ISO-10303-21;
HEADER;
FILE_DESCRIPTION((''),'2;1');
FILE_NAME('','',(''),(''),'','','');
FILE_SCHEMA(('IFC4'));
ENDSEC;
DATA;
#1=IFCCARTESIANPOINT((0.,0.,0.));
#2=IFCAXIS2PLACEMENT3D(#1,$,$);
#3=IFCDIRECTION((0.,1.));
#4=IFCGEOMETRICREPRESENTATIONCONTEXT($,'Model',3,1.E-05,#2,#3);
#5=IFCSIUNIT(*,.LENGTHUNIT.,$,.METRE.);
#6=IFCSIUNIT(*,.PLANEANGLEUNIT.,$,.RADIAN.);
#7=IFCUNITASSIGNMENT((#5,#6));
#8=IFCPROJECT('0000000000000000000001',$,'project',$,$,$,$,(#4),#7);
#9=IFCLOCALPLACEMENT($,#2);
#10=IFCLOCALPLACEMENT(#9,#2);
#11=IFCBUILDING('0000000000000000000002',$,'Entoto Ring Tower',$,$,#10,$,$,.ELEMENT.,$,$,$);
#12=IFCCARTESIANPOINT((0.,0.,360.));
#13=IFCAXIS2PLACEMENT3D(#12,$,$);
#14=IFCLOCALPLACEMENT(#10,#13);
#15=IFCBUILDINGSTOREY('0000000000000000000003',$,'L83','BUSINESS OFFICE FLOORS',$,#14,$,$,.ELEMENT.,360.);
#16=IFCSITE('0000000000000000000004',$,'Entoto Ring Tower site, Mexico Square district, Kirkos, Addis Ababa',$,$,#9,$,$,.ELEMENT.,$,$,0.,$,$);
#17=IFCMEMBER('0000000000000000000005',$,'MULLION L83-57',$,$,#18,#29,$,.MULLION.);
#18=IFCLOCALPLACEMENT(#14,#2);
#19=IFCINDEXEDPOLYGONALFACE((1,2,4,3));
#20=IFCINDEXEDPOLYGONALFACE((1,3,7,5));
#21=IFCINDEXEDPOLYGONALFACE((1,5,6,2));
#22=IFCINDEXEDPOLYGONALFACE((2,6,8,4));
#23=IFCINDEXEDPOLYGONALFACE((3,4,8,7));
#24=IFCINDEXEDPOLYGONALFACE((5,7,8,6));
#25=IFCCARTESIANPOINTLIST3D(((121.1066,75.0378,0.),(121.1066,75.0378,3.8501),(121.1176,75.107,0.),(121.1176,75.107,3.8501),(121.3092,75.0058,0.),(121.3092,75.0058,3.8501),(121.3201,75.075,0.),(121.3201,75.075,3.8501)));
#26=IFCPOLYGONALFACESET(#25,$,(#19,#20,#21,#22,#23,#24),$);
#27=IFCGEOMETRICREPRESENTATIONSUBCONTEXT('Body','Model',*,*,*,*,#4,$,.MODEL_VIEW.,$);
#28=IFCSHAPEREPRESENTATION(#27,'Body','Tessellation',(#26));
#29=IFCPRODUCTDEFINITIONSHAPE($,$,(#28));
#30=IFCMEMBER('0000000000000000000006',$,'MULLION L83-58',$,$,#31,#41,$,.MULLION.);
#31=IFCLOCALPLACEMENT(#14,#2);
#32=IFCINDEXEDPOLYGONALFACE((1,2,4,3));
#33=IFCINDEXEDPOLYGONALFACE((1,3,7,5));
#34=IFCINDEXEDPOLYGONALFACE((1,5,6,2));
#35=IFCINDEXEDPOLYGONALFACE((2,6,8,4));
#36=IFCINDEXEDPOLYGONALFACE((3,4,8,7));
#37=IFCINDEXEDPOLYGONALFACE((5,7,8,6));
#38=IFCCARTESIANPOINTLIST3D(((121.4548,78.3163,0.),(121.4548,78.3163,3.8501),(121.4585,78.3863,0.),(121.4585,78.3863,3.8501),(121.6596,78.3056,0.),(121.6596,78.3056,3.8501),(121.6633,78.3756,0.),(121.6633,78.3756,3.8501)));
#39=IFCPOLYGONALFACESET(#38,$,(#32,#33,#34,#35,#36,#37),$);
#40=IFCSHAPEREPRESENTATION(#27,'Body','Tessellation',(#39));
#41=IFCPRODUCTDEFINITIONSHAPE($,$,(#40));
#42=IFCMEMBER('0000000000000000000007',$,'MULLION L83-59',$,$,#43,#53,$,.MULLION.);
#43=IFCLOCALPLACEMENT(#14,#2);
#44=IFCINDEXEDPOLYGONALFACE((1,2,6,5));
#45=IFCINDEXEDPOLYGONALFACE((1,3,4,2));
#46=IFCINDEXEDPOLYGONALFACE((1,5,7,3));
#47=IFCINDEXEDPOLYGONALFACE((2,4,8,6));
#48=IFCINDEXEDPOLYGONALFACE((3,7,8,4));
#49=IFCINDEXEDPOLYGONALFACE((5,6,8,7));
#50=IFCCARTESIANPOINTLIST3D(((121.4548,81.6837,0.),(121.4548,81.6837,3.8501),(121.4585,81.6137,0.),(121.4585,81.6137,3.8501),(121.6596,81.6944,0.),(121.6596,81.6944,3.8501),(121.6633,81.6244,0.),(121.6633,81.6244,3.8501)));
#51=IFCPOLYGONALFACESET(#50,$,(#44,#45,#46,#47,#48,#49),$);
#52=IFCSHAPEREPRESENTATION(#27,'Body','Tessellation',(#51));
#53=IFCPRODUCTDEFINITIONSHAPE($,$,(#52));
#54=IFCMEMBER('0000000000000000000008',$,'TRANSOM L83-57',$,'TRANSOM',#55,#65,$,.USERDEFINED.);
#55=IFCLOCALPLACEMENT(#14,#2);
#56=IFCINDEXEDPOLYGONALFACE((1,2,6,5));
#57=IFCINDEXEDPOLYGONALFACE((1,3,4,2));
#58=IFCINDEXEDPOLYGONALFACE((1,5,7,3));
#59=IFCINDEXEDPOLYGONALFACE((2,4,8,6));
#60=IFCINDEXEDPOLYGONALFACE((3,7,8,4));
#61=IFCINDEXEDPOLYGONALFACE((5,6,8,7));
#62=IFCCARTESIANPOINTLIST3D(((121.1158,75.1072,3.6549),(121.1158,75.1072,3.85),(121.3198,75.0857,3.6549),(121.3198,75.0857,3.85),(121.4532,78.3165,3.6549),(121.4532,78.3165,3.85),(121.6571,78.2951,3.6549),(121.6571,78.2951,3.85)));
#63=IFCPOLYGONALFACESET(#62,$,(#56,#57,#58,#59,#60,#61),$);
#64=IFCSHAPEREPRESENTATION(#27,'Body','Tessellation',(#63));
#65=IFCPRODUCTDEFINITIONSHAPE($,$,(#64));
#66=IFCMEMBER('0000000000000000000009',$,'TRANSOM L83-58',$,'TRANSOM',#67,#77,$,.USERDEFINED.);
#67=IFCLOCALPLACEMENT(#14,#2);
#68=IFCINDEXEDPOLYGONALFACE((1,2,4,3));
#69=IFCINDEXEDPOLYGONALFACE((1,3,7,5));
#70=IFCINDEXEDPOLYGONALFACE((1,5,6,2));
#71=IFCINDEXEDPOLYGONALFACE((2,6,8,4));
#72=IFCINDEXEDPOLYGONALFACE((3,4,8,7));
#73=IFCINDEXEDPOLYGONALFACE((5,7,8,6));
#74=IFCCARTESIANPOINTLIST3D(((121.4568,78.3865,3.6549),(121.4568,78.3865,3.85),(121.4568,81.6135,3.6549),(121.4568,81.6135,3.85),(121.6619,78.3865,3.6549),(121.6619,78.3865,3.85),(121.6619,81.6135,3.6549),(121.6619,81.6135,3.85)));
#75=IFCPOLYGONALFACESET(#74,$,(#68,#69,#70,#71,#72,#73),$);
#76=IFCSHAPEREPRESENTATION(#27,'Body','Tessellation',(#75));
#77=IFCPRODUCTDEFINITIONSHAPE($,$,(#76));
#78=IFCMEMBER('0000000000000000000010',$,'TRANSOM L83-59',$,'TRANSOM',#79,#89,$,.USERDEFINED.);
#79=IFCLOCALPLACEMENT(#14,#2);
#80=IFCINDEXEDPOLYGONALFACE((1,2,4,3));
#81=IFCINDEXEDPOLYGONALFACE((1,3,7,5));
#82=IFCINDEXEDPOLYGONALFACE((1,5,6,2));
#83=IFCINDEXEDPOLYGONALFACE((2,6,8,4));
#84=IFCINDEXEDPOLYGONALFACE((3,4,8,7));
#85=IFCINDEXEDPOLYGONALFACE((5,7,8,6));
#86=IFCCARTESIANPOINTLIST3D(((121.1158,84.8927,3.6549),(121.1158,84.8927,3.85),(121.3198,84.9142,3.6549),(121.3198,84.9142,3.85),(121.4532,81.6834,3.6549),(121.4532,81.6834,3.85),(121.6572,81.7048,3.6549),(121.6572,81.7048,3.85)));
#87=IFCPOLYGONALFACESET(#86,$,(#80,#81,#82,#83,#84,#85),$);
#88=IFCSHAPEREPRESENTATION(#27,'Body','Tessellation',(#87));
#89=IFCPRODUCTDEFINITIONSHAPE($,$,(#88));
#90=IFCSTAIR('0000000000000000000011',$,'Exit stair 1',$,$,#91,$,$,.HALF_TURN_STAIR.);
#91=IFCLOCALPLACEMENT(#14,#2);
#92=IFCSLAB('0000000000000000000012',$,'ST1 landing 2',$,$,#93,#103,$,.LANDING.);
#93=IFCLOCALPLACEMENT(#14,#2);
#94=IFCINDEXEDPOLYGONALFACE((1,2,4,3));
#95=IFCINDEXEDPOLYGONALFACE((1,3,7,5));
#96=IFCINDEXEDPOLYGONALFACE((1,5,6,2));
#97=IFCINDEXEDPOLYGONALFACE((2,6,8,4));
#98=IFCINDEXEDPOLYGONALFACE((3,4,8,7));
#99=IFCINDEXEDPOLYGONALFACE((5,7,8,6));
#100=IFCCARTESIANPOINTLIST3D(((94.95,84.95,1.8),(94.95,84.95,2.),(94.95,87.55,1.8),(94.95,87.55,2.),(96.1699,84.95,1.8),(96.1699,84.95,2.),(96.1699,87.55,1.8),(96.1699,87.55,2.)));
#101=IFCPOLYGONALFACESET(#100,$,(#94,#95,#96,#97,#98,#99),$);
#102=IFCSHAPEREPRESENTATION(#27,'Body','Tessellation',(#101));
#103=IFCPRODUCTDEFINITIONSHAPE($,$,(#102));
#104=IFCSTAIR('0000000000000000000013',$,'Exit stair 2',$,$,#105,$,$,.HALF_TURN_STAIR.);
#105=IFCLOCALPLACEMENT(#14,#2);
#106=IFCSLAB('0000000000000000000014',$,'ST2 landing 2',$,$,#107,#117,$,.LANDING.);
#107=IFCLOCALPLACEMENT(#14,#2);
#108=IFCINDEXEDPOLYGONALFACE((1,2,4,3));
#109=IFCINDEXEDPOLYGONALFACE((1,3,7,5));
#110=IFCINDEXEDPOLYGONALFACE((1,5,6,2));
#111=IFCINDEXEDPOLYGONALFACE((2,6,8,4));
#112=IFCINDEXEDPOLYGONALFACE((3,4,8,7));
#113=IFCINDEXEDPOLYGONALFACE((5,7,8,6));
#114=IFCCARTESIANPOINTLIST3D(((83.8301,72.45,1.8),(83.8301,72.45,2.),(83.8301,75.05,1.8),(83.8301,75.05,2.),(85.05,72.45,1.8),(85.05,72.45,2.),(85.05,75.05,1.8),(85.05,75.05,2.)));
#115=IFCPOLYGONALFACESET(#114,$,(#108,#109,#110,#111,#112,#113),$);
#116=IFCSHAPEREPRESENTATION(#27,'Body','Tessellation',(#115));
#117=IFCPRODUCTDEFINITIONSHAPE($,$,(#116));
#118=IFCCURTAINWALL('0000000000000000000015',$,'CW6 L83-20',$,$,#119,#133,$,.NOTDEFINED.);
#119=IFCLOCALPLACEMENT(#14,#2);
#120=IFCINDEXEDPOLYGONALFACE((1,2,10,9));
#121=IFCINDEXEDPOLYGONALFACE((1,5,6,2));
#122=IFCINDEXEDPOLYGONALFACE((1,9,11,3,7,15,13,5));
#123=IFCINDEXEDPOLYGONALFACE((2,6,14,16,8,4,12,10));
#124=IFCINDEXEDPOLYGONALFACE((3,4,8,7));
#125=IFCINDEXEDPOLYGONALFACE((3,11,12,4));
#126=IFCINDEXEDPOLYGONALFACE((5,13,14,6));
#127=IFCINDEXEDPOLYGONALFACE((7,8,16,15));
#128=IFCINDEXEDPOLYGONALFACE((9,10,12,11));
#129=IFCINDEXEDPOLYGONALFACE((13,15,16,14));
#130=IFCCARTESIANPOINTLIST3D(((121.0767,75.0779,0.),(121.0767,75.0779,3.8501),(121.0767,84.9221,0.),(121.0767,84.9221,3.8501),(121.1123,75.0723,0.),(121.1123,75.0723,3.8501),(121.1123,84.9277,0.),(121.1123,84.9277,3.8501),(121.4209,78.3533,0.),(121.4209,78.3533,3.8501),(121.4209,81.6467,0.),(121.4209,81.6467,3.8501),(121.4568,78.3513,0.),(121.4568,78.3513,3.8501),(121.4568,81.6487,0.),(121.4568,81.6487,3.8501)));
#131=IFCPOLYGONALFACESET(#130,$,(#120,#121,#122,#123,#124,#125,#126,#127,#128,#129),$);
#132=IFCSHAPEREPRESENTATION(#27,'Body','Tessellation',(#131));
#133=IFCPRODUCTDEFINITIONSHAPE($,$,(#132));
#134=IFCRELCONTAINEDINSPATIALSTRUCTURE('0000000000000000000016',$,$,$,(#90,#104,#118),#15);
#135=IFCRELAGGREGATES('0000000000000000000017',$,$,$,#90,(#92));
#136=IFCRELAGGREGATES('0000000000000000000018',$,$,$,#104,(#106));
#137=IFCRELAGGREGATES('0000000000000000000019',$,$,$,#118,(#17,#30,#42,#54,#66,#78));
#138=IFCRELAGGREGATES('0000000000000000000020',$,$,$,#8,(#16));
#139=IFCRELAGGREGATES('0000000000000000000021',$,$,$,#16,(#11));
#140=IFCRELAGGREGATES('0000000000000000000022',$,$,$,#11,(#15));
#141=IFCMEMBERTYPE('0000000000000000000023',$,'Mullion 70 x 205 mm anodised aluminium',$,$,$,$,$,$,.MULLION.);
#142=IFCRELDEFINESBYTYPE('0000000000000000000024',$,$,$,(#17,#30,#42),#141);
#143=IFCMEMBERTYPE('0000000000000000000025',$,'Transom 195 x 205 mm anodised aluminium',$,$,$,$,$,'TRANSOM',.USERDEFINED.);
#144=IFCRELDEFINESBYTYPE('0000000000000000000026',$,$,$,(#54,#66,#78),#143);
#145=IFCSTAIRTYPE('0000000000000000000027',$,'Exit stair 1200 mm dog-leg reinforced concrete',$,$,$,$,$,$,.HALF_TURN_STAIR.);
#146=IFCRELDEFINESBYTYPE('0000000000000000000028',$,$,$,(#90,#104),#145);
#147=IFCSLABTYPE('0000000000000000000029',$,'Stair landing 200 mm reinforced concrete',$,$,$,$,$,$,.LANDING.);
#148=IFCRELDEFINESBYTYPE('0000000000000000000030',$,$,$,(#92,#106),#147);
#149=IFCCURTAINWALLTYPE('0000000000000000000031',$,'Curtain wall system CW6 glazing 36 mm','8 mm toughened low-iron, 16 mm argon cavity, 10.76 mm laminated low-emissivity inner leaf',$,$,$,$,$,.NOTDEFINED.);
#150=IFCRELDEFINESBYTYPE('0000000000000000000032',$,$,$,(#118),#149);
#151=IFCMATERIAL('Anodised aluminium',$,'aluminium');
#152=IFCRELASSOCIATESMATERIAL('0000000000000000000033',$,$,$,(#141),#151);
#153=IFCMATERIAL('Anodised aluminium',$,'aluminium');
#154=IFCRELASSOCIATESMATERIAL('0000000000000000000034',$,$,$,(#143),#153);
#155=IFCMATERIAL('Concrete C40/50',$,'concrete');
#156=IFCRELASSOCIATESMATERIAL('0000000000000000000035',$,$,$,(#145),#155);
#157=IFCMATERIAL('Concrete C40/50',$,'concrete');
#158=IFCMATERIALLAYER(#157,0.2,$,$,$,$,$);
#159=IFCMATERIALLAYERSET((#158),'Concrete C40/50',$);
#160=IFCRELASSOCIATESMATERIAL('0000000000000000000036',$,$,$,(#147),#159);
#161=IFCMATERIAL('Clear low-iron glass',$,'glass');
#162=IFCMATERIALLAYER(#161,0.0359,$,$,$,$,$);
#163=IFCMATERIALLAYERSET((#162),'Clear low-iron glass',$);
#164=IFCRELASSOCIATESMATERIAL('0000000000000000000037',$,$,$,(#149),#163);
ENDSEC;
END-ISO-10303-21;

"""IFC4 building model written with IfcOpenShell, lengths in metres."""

from ifc_helpers import new_model, si_unit, direction, frame, origin, origin_2d, place, context, subcontext, project, spatial, polyline, rectangle, outline, extrude, material, layer, layer_set, material_profile, profile_set, type_object, element, aggregate, save


model = new_model("IFC4")

# Units and contexts
model_context = context("Model", 3, precision=1e-05, world=origin(), true_north=direction((0.0, 1.0)))
body_context = subcontext(model_context, "Body", "Model", "MODEL_VIEW")
ifc_project = project(units=[si_unit("LENGTHUNIT", "METRE"), si_unit("PLANEANGLEUNIT", "RADIAN")], contexts=[model_context])

# Members
ifc_material_1 = material(Name="Anodised aluminium", Category="aluminium")
ifc_material_profile_1 = material_profile(ifc_material_1, rectangle(XDim=0.0701, YDim=0.2051, at=origin_2d()), Name="Mullion 70 x 205 mm anodised aluminium")
ifc_profile_set_1 = profile_set([ifc_material_profile_1], Name="Anodised aluminium")
member_type_1 = type_object("IfcMemberType", Name="Mullion 70 x 205 mm anodised aluminium", PredefinedType="MULLION", material=ifc_profile_set_1)
site_placement = place(None, origin())
building_placement = place(site_placement, origin())
storey_placement = place(building_placement, frame((0.0, 0.0, 360.0)))
member_1_placement = place(storey_placement, frame((121.2134, 75.0564, 0.0), z_axis=(0.0, 0.0, 1.0), x_axis=(0.156434, 0.987688, 0.0)))
member_1 = element("IfcMember", 1, at=member_1_placement, type_object=member_type_1, Name="MULLION L83-57", PredefinedType="MULLION", context=body_context, shape_type="SweptSolid", body=[
    extrude(rectangle(XDim=0.0701, YDim=0.2051, at=origin_2d()), origin(), (0.0, 0.0, 1.0), 3.8501),
])
member_2_placement = place(storey_placement, frame((121.5591, 78.3459, 0.0), z_axis=(0.0, 0.0, 1.0), x_axis=(0.052336, 0.99863, 0.0)))
member_2 = element("IfcMember", 2, at=member_2_placement, type_object=member_type_1, Name="MULLION L83-58", PredefinedType="MULLION", context=body_context, shape_type="SweptSolid", body=[
    extrude(rectangle(XDim=0.0701, YDim=0.2051, at=origin_2d()), origin(), (0.0, 0.0, 1.0), 3.8501),
])
member_3_placement = place(storey_placement, frame((121.5591, 81.6541, 0.0), z_axis=(0.0, 0.0, 1.0), x_axis=(-0.052336, 0.99863, 0.0)))
member_3 = element("IfcMember", 3, at=member_3_placement, type_object=member_type_1, Name="MULLION L83-59", PredefinedType="MULLION", context=body_context, shape_type="SweptSolid", body=[
    extrude(rectangle(XDim=0.0701, YDim=0.2051, at=origin_2d()), origin(), (0.0, 0.0, 1.0), 3.8501),
])
ifc_material_2 = material(Name="Anodised aluminium", Category="aluminium")
ifc_material_profile_2 = material_profile(ifc_material_2, rectangle(XDim=0.2051, YDim=0.1951, at=origin_2d()), Name="Transom 195 x 205 mm anodised aluminium")
ifc_profile_set_2 = profile_set([ifc_material_profile_2], Name="Anodised aluminium")
member_type_2 = type_object("IfcMemberType", Name="Transom 195 x 205 mm anodised aluminium", ElementType="TRANSOM", PredefinedType="USERDEFINED", material=ifc_profile_set_2)
member_4_placement = place(storey_placement, frame((121.2178, 75.0964, 3.7524), z_axis=(0.104551, 0.99452, 0.0), x_axis=(-0.99452, 0.104551, 0.0)))
member_4 = element("IfcMember", 4, at=member_4_placement, type_object=member_type_2, Name="TRANSOM L83-57", ObjectType="TRANSOM", PredefinedType="USERDEFINED", context=body_context, shape_type="SweptSolid", body=[
    extrude(rectangle(XDim=0.2051, YDim=0.1951, at=origin_2d()), origin(), (0.0, 0.0, 1.0), 3.2271),
])
member_5_placement = place(storey_placement, frame((121.5593, 78.3865, 3.7524), z_axis=(0.0, 1.0, 0.0), x_axis=(-1.0, 0.0, 0.0)))
member_5 = element("IfcMember", 5, at=member_5_placement, type_object=member_type_2, Name="TRANSOM L83-58", ObjectType="TRANSOM", PredefinedType="USERDEFINED", context=body_context, shape_type="SweptSolid", body=[
    extrude(rectangle(XDim=0.2051, YDim=0.1951, at=origin_2d()), origin(), (0.0, 0.0, 1.0), 3.2271),
])
member_6_placement = place(storey_placement, frame((121.5552, 81.6941, 3.7524), z_axis=(-0.104551, 0.99452, 0.0), x_axis=(-0.99452, -0.104551, 0.0)))
member_6 = element("IfcMember", 6, at=member_6_placement, type_object=member_type_2, Name="TRANSOM L83-59", ObjectType="TRANSOM", PredefinedType="USERDEFINED", context=body_context, shape_type="SweptSolid", body=[
    extrude(rectangle(XDim=0.2051, YDim=0.1951, at=origin_2d()), origin(), (0.0, 0.0, 1.0), 3.2271),
])

# Site, building, storey
site = spatial("IfcSite", under=ifc_project, at=site_placement, Name="Entoto Ring Tower site, Mexico Square district, Kirkos, Addis Ababa", CompositionType="ELEMENT", RefElevation=0.0)
building = spatial("IfcBuilding", under=site, at=building_placement, Name="Entoto Ring Tower", CompositionType="ELEMENT")
storey = spatial("IfcBuildingStorey", under=building, at=storey_placement, Name="L83", Description="BUSINESS OFFICE FLOORS", CompositionType="ELEMENT", Elevation=360.0)

# Stairs, slabs
ifc_material_3 = material(Name="Concrete C40/50", Category="concrete")
stair_type = type_object("IfcStairType", Name="Exit stair 1200 mm dog-leg reinforced concrete", PredefinedType="HALF_TURN_STAIR", material=ifc_material_3)
stair_1_placement = place(storey_placement, origin())
stair_1 = element("IfcStair", 7, at=stair_1_placement, inside=storey, type_object=stair_type, Name="Exit stair 1", PredefinedType="HALF_TURN_STAIR")
ifc_material_4 = material(Name="Concrete C40/50", Category="concrete")
ifc_layer_1 = layer(ifc_material_4, 0.2)
ifc_layer_set_1 = layer_set([ifc_layer_1], Name="Concrete C40/50")
slab_type = type_object("IfcSlabType", Name="Stair landing 200 mm reinforced concrete", PredefinedType="LANDING", material=ifc_layer_set_1)
slab_1_placement = place(storey_placement, frame((0.0, 0.0, 1.8)))
slab_1 = element("IfcSlab", 8, at=slab_1_placement, type_object=slab_type, Name="ST1 landing 2", PredefinedType="LANDING", context=body_context, shape_type="SweptSolid", body=[
    extrude(outline(polyline([(94.95, 84.95), (96.1699, 84.95), (96.1699, 87.55), (94.95, 87.55), (94.95, 84.95)])), origin(), (0.0, 0.0, 1.0), 0.2),
])
aggregate(stair_1, [slab_1])
stair_2_placement = place(storey_placement, origin())
stair_2 = element("IfcStair", 9, at=stair_2_placement, inside=storey, type_object=stair_type, Name="Exit stair 2", PredefinedType="HALF_TURN_STAIR")
slab_2_placement = place(storey_placement, frame((0.0, 0.0, 1.8)))
slab_2 = element("IfcSlab", 10, at=slab_2_placement, type_object=slab_type, Name="ST2 landing 2", PredefinedType="LANDING", context=body_context, shape_type="SweptSolid", body=[
    extrude(outline(polyline([(83.8301, 72.45), (85.05, 72.45), (85.05, 75.05), (83.8301, 75.05), (83.8301, 72.45)])), origin(), (0.0, 0.0, 1.0), 0.2),
])
aggregate(stair_2, [slab_2])

# Curtain wall
ifc_material_5 = material(Name="Clear low-iron glass", Category="glass")
ifc_layer_2 = layer(ifc_material_5, 0.0359)
ifc_layer_set_2 = layer_set([ifc_layer_2], Name="Clear low-iron glass")
curtain_wall_type = type_object("IfcCurtainWallType", Name="Curtain wall system CW6 glazing 36 mm", Description="8 mm toughened low-iron, 16 mm argon cavity, 10.76 mm laminated low-emissivity inner leaf", PredefinedType="NOTDEFINED", material=ifc_layer_set_2)
curtain_wall_1_placement = place(storey_placement, origin())
curtain_wall_1 = element("IfcCurtainWall", 11, at=curtain_wall_1_placement, inside=storey, type_object=curtain_wall_type, Name="CW6 L83-20", PredefinedType="NOTDEFINED", context=body_context, shape_type="SweptSolid", body=[
    extrude(outline(polyline([(121.1123, 75.0723), (121.4568, 78.3513), (121.4568, 81.6487), (121.1123, 84.9277), (121.0767, 84.9221), (121.4209, 81.6467), (121.4209, 78.3533), (121.0767, 75.0779), (121.1123, 75.0723)])), origin(), (0.0, 0.0, 1.0), 3.8501),
])
aggregate(curtain_wall_1, [member_1, member_2, member_3, member_4, member_5, member_6])

save(model, "model.ifc")
